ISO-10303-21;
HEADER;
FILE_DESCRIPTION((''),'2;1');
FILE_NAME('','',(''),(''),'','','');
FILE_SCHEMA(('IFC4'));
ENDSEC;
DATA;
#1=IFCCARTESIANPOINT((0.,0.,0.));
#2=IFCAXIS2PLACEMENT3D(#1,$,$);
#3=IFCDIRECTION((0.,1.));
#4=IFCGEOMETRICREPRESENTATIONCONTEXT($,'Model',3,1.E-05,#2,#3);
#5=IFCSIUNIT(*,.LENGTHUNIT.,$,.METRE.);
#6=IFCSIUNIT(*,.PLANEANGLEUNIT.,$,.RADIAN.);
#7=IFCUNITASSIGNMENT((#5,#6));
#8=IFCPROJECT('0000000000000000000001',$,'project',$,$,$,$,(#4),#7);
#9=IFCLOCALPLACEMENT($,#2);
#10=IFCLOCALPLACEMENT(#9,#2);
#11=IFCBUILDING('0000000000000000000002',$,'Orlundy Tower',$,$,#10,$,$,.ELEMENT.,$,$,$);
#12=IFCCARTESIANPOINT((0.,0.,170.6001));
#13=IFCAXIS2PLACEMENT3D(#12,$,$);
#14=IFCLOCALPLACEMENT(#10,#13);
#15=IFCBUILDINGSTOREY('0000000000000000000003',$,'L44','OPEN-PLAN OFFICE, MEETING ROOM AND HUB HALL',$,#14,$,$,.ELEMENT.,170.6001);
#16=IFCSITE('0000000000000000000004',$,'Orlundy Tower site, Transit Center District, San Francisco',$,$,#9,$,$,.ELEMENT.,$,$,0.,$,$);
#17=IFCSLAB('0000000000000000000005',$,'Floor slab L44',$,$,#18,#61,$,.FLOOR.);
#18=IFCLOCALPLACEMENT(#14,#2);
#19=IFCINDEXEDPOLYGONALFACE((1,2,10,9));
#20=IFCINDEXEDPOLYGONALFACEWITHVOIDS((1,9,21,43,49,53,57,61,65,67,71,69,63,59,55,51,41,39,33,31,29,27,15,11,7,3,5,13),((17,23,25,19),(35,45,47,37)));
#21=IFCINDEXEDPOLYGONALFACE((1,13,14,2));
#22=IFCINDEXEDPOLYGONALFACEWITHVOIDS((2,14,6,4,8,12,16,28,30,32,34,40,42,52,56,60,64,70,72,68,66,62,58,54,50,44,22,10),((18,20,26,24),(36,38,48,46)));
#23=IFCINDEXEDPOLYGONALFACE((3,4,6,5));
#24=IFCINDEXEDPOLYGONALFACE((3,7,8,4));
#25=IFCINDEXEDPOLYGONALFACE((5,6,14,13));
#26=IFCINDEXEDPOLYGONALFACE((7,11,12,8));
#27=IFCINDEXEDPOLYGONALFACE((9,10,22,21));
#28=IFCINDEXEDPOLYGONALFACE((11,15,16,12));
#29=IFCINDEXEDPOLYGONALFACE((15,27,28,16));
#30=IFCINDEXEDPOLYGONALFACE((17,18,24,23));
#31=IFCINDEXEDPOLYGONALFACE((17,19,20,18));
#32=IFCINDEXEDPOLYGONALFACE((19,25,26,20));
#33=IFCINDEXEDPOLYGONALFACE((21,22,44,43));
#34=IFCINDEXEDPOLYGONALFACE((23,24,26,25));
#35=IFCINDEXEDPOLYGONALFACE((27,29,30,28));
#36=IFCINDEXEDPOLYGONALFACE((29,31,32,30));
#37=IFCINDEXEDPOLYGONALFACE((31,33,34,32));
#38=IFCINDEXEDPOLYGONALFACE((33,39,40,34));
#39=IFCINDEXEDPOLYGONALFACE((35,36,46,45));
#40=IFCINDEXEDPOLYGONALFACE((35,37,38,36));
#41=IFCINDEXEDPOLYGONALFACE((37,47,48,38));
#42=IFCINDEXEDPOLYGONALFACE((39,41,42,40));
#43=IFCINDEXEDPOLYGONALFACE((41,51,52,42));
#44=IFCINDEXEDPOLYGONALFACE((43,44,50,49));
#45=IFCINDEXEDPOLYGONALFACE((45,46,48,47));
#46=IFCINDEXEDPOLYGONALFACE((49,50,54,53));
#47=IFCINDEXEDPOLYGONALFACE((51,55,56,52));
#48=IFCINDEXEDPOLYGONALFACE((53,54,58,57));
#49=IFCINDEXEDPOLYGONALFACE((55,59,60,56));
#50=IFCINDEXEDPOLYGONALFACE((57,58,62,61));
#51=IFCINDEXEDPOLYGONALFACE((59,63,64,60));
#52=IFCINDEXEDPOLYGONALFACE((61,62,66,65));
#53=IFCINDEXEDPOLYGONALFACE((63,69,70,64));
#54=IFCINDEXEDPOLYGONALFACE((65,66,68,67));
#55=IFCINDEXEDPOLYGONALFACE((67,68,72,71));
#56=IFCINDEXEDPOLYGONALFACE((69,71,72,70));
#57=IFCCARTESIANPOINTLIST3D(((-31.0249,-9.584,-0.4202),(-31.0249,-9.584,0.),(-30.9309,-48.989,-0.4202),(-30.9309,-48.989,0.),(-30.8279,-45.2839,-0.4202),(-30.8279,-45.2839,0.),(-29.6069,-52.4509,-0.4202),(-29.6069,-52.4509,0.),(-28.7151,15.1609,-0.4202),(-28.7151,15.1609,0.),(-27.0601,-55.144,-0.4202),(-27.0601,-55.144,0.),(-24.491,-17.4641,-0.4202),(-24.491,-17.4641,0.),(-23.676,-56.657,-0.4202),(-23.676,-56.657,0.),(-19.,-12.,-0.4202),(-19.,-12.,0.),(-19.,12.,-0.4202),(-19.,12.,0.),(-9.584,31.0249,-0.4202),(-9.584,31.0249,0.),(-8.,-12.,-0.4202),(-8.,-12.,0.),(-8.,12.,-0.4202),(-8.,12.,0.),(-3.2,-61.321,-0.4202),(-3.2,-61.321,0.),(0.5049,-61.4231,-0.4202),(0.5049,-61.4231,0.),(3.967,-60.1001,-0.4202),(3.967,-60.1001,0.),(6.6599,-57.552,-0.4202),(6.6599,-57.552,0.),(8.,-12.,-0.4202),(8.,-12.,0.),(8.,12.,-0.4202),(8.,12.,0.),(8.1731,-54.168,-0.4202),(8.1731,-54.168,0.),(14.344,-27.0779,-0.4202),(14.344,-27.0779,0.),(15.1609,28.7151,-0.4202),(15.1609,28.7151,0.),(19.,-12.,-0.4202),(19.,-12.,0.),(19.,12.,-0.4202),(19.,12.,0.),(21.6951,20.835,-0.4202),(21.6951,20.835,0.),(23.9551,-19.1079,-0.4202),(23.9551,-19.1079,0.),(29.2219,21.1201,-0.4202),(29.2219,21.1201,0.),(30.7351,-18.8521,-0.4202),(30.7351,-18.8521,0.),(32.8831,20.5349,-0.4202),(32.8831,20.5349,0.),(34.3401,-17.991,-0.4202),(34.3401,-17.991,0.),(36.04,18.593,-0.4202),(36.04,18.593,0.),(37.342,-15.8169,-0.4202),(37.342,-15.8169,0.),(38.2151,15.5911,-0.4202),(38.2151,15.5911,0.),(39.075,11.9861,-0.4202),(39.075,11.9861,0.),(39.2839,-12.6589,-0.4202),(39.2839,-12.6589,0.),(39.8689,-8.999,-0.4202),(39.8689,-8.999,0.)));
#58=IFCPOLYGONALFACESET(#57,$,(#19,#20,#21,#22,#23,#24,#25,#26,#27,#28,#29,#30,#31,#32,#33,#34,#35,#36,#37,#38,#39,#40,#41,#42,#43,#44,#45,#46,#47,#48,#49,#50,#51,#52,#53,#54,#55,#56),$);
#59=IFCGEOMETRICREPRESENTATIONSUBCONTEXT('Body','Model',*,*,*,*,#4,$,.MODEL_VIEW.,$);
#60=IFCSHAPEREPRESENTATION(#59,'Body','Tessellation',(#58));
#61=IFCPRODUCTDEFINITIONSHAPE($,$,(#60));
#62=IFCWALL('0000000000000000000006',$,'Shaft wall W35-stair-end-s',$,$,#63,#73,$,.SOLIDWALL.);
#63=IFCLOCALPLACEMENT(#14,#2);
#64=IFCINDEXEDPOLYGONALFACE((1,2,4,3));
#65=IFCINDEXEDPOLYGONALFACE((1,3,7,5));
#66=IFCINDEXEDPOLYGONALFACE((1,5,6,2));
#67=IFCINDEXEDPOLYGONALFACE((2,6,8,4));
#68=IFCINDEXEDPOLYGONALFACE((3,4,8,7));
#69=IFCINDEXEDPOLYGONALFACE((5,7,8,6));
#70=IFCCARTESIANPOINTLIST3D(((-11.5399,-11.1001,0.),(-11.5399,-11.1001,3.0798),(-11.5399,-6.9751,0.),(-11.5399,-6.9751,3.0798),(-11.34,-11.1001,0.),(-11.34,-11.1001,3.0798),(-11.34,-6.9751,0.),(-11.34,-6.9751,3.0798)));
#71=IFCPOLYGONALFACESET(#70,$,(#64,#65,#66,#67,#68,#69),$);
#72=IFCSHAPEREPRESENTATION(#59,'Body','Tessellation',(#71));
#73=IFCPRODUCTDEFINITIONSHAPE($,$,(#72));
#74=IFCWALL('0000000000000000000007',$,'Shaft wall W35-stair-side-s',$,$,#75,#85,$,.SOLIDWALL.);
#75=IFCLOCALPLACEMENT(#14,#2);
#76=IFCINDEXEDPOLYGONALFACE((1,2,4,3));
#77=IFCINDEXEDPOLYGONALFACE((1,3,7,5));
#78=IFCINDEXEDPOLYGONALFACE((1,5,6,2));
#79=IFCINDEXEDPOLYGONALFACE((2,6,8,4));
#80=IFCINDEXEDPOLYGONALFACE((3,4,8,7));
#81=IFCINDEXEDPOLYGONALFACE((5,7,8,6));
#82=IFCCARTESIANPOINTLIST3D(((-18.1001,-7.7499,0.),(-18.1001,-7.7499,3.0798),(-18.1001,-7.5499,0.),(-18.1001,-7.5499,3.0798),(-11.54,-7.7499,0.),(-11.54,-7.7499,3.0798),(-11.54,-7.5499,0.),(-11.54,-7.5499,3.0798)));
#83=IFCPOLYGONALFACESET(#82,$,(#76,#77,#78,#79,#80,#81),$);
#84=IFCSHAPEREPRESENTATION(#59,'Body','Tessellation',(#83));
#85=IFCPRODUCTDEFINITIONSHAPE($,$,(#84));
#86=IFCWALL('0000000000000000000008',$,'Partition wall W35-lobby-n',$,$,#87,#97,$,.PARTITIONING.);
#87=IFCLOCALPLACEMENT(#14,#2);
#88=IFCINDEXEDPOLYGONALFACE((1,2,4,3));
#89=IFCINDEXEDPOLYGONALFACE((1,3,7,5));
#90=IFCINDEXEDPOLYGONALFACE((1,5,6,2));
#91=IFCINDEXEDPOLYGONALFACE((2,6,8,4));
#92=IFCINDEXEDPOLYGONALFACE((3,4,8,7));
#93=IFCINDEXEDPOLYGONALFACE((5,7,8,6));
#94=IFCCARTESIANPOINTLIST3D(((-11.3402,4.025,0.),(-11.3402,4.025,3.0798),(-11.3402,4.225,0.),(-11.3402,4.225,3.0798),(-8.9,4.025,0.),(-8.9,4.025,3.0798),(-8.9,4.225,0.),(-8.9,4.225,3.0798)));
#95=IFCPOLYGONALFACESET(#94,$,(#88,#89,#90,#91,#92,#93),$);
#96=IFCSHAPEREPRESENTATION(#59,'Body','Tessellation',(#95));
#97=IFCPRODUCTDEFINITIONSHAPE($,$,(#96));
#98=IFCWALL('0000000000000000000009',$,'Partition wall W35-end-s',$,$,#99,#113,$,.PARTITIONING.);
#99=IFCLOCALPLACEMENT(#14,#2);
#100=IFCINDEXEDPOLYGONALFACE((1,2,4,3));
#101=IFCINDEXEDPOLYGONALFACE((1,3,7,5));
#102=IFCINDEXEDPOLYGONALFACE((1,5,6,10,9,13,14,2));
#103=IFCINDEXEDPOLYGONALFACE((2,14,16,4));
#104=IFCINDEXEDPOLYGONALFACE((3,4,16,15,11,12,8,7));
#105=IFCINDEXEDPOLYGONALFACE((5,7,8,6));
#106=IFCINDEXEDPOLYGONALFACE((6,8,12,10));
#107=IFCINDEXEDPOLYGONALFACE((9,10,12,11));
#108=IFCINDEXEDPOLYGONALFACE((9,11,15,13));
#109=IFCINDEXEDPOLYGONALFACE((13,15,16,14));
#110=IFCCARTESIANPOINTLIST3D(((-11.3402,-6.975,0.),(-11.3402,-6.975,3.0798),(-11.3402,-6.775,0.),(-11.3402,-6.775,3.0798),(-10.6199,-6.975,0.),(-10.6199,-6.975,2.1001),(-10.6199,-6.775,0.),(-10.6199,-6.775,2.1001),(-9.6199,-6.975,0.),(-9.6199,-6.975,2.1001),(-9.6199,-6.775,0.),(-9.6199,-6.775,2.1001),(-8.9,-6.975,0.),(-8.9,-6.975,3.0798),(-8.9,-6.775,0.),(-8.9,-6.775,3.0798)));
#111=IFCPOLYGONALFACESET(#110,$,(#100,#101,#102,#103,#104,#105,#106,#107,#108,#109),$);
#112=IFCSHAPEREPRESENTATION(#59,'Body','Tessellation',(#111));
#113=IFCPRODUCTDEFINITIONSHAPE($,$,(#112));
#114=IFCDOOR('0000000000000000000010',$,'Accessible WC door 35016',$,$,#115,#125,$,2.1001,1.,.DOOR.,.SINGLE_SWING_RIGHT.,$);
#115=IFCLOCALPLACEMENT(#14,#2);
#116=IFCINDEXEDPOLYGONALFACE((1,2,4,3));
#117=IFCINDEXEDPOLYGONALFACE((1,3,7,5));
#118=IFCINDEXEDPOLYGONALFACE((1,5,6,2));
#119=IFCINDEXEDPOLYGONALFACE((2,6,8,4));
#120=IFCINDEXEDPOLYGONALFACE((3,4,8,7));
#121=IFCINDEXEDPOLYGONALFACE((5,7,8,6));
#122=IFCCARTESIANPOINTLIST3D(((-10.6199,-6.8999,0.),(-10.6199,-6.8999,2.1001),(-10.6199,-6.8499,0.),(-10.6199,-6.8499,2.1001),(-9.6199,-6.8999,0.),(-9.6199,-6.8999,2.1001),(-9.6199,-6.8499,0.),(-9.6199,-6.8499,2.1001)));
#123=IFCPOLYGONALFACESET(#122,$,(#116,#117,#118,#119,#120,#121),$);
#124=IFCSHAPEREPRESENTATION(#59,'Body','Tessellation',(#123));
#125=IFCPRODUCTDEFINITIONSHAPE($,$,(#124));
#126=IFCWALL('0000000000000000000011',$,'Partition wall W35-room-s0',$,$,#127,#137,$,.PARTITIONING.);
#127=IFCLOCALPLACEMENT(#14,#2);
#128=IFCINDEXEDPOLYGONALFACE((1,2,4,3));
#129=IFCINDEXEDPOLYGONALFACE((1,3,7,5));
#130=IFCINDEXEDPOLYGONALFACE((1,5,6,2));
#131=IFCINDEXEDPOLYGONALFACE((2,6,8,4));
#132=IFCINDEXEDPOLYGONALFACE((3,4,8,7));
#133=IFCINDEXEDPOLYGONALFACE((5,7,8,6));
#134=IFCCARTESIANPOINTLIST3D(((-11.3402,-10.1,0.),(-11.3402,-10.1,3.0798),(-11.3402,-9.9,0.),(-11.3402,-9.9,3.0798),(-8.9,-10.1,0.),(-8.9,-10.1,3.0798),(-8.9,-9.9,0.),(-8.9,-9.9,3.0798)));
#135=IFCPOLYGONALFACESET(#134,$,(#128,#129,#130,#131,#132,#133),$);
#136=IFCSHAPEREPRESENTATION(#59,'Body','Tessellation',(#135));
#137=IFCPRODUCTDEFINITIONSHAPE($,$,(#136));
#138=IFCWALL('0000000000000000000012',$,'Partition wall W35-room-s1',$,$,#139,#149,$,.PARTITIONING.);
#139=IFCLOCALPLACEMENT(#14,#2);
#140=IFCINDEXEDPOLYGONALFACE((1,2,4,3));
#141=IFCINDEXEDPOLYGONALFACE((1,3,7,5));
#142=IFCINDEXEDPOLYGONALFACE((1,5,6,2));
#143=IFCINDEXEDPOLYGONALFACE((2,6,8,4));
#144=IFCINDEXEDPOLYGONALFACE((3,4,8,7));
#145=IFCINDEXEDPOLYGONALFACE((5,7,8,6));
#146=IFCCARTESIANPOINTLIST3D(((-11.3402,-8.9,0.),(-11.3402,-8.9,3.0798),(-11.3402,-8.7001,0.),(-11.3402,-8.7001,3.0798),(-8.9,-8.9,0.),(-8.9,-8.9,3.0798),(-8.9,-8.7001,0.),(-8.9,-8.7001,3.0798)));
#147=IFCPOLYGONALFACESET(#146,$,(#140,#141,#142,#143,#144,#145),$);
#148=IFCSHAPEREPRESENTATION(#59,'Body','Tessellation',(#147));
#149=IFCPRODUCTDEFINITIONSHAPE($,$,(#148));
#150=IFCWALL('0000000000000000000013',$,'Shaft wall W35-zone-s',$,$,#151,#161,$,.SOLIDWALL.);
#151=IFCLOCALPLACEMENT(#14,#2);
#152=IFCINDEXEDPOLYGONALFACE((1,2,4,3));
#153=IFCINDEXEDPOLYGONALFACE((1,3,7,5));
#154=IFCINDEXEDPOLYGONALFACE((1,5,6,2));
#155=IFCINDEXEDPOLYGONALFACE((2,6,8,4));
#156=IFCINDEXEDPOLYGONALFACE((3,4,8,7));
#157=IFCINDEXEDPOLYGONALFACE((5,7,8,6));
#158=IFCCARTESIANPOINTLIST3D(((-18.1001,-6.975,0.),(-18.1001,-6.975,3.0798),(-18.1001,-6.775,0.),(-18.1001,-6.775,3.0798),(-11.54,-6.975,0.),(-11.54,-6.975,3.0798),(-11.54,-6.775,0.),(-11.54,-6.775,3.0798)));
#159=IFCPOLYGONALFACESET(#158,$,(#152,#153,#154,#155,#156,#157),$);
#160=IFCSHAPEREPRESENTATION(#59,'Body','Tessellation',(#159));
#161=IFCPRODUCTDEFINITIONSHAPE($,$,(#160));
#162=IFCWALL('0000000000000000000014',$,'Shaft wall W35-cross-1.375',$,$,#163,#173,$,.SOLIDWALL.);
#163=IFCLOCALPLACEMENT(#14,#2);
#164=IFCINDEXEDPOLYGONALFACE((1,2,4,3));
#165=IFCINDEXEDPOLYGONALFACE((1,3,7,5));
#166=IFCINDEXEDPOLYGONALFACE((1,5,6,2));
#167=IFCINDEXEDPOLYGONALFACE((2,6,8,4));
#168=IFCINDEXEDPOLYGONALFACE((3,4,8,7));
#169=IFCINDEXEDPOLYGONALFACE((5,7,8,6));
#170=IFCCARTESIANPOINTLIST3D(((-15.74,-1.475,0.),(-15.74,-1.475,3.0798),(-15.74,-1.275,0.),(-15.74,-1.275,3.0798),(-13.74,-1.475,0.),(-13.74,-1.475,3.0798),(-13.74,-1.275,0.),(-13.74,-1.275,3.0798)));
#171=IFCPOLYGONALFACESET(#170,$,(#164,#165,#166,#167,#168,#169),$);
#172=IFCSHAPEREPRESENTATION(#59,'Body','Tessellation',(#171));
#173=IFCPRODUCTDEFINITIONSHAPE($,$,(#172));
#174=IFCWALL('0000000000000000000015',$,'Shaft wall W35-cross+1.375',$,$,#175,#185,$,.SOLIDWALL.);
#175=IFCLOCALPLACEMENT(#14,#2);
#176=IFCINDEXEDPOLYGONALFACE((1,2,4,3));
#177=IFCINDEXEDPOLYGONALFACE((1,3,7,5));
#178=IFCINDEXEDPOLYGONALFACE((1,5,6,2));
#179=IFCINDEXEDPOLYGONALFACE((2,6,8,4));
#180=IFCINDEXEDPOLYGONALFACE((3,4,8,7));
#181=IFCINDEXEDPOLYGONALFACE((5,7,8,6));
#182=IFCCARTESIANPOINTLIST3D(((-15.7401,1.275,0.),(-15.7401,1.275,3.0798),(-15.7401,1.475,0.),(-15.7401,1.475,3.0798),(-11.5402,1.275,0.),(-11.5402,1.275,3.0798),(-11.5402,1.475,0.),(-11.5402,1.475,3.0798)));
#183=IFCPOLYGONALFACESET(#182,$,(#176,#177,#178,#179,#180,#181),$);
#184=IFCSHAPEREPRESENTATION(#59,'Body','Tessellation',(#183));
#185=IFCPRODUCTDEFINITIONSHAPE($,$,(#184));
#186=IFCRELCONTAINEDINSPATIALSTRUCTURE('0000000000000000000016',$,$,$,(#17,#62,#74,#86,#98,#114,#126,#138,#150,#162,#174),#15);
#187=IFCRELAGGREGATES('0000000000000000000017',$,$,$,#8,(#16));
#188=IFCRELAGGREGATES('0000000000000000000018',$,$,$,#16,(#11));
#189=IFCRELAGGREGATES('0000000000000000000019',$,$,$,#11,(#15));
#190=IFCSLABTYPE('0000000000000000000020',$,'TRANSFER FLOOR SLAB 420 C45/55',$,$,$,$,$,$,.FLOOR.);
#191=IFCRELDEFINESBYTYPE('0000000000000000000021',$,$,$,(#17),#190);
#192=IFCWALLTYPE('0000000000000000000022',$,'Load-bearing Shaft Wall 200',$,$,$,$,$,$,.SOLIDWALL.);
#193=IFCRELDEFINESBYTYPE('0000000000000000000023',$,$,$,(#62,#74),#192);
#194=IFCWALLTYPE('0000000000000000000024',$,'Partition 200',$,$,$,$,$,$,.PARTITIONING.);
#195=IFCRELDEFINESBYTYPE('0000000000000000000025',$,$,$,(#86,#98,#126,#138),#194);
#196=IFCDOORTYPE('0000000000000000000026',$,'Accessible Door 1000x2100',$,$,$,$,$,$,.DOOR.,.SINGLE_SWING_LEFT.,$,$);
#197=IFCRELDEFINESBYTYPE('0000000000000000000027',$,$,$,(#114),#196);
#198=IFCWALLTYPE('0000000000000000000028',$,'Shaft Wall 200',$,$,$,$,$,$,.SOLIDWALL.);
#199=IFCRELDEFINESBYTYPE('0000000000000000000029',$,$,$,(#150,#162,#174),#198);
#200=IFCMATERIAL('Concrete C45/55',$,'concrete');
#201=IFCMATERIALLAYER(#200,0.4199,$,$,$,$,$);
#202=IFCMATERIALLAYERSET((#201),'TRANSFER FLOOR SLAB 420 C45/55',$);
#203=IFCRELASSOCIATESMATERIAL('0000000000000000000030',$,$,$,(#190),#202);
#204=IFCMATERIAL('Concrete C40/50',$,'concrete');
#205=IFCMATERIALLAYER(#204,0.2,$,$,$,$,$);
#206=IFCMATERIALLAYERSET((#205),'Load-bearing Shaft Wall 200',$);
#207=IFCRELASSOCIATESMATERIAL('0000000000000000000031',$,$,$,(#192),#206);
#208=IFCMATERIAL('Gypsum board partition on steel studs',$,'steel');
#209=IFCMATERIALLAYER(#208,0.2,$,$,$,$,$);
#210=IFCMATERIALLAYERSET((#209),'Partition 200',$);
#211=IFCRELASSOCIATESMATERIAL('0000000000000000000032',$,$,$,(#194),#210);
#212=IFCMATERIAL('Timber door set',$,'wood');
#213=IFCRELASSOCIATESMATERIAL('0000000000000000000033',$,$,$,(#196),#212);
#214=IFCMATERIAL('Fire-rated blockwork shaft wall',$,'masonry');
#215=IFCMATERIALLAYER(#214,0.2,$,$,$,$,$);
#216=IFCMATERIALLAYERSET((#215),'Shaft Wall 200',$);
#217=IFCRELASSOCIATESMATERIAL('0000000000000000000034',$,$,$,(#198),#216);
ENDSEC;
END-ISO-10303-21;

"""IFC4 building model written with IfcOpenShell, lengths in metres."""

from ifc_helpers import new_model, si_unit, direction, frame, frame_2d, origin, place, context, subcontext, project, spatial, polyline, rectangle, outline, extrude, material, layer, layer_set, type_object, element, fill, save


model = new_model("IFC4")

# Units and contexts
model_context = context("Model", 3, precision=1e-05, world=origin(), true_north=direction((0.0, 1.0)))
body_context = subcontext(model_context, "Body", "Model", "MODEL_VIEW")
ifc_project = project(units=[si_unit("LENGTHUNIT", "METRE"), si_unit("PLANEANGLEUNIT", "RADIAN")], contexts=[model_context])

# Site, building, storey
site_placement = place(None, origin())
site = spatial("IfcSite", under=ifc_project, at=site_placement, Name="Orlundy Tower site, Transit Center District, San Francisco", CompositionType="ELEMENT", RefElevation=0.0)
building_placement = place(site_placement, origin())
building = spatial("IfcBuilding", under=site, at=building_placement, Name="Orlundy Tower", CompositionType="ELEMENT")
storey_placement = place(building_placement, frame((0.0, 0.0, 170.6001)))
storey = spatial("IfcBuildingStorey", under=building, at=storey_placement, Name="L44", Description="OPEN-PLAN OFFICE, MEETING ROOM AND HUB HALL", CompositionType="ELEMENT", Elevation=170.6001)

# Slab
ifc_material_1 = material(Name="Concrete C45/55", Category="concrete")
ifc_layer_1 = layer(ifc_material_1, 0.4199)
ifc_layer_set_1 = layer_set([ifc_layer_1], Name="TRANSFER FLOOR SLAB 420 C45/55")
slab_type_1 = type_object("IfcSlabType", Name="TRANSFER FLOOR SLAB 420 C45/55", PredefinedType="FLOOR", material=ifc_layer_set_1)
slab_1_placement = place(storey_placement, frame((0.0, 0.0, -0.4202)))
element("IfcSlab", 1, at=slab_1_placement, inside=storey, type_object=slab_type_1, Name="Floor slab L44", PredefinedType="FLOOR", context=body_context, shape_type="SweptSolid", body=[
    extrude(outline(polyline([(-24.491, -17.4641), (-31.0249, -9.584), (-28.7151, 15.1609), (-9.584, 31.0249), (15.1609, 28.7151), (21.6951, 20.835), (29.2219, 21.1201), (32.8831, 20.5349), (36.04, 18.593), (38.2151, 15.5911), (39.075, 11.9861), (39.8689, -8.999), (39.2839, -12.6589), (37.342, -15.8169), (34.3401, -17.991), (30.7351, -18.8521), (23.9551, -19.1079), (14.344, -27.0779), (8.1731, -54.168), (6.6599, -57.552), (3.967, -60.1001), (0.5049, -61.4231), (-3.2, -61.321), (-23.676, -56.657), (-27.0601, -55.144), (-29.6069, -52.4509), (-30.9309, -48.989), (-30.8279, -45.2839), (-24.491, -17.4641)]), holes=[polyline([(-8.0, -12.0), (-8.0, 12.0), (-19.0, 12.0), (-19.0, -12.0), (-8.0, -12.0)]), polyline([(19.0, -12.0), (19.0, 12.0), (8.0, 12.0), (8.0, -12.0), (19.0, -12.0)])]), origin(), (0.0, 0.0, 1.0), 0.4202),
])

# Walls
ifc_material_2 = material(Name="Concrete C40/50", Category="concrete")
ifc_layer_2 = layer(ifc_material_2, 0.2)
ifc_layer_set_2 = layer_set([ifc_layer_2], Name="Load-bearing Shaft Wall 200")
wall_type_1 = type_object("IfcWallType", Name="Load-bearing Shaft Wall 200", PredefinedType="SOLIDWALL", material=ifc_layer_set_2)
wall_1_placement = place(storey_placement, frame((-11.4399, -11.1001, 0.0), z_axis=(0.0, 0.0, 1.0), x_axis=(0.0, 1.0, 0.0)))
element("IfcWall", 2, at=wall_1_placement, inside=storey, type_object=wall_type_1, Name="Shaft wall W35-stair-end-s", PredefinedType="SOLIDWALL", context=body_context, shape_type="SweptSolid", body=[
    extrude(rectangle(XDim=4.125, YDim=0.2, at=frame_2d((2.0625, 0.0))), origin(), (0.0, 0.0, 1.0), 3.0798),
])
wall_2_placement = place(storey_placement, frame((-11.54, -7.6499, 0.0), z_axis=(0.0, 0.0, 1.0), x_axis=(-1.0, 0.0, 0.0)))
element("IfcWall", 3, at=wall_2_placement, inside=storey, type_object=wall_type_1, Name="Shaft wall W35-stair-side-s", PredefinedType="SOLIDWALL", context=body_context, shape_type="SweptSolid", body=[
    extrude(rectangle(XDim=6.5601, YDim=0.2, at=frame_2d((3.28, 0.0))), origin(), (0.0, 0.0, 1.0), 3.0798),
])
ifc_material_3 = material(Name="Gypsum board partition on steel studs", Category="steel")
ifc_layer_3 = layer(ifc_material_3, 0.2)
ifc_layer_set_3 = layer_set([ifc_layer_3], Name="Partition 200")
wall_type_2 = type_object("IfcWallType", Name="Partition 200", PredefinedType="PARTITIONING", material=ifc_layer_set_3)
wall_3_placement = place(storey_placement, frame((-8.8999, 4.125, 0.0), z_axis=(0.0, 0.0, 1.0), x_axis=(-1.0, 0.0, 0.0)))
element("IfcWall", 4, at=wall_3_placement, inside=storey, type_object=wall_type_2, Name="Partition wall W35-lobby-n", PredefinedType="PARTITIONING", context=body_context, shape_type="SweptSolid", body=[
    extrude(rectangle(XDim=2.4402, YDim=0.2, at=frame_2d((1.2202, 0.0))), origin(), (0.0, 0.0, 1.0), 3.0798),
])

# Wall, opening, door
wall_4_placement = place(storey_placement, frame((-8.8999, -6.875, 0.0), z_axis=(0.0, 0.0, 1.0), x_axis=(-1.0, 0.0, 0.0)))
wall_4 = element("IfcWall", 5, at=wall_4_placement, inside=storey, type_object=wall_type_2, Name="Partition wall W35-end-s", PredefinedType="PARTITIONING", context=body_context, shape_type="SweptSolid", body=[
    extrude(rectangle(XDim=2.4402, YDim=0.2, at=frame_2d((1.2202, 0.0))), origin(), (0.0, 0.0, 1.0), 3.0798),
])
opening_1_placement = place(wall_4_placement, frame((0.72, 0.0, 0.0)))
opening_1 = element("IfcOpeningElement", 6, at=opening_1_placement, cuts=wall_4, PredefinedType="OPENING", context=body_context, shape_type="SweptSolid", body=[
    extrude(rectangle(XDim=1.0, YDim=2.1001, at=frame_2d((0.5, 1.05))), frame((0.0, 0.1101, 0.0), z_axis=(0.0, -1.0, 0.0), x_axis=(1.0, 0.0, 0.0)), (0.0, 0.0, 1.0), 0.2202),
])
ifc_material_4 = material(Name="Timber door set", Category="wood")
door_type_1 = type_object("IfcDoorType", Name="Accessible Door 1000x2100", OperationType="SINGLE_SWING_LEFT", PredefinedType="DOOR", material=ifc_material_4)
door_1_placement = place(opening_1_placement, origin())
door_1 = element("IfcDoor", 7, at=door_1_placement, inside=storey, type_object=door_type_1, Name="Accessible WC door 35016", OperationType="SINGLE_SWING_RIGHT", OverallHeight=2.1001, OverallWidth=1.0, PredefinedType="DOOR", context=body_context, shape_type="SweptSolid", body=[
    extrude(rectangle(XDim=1.0, YDim=2.1001, at=frame_2d((0.5, 1.05))), frame((0.0, 0.0249, 0.0), z_axis=(0.0, -1.0, 0.0), x_axis=(1.0, 0.0, 0.0)), (0.0, 0.0, 1.0), 0.05),
])
fill(opening_1, door_1)

# Walls
for number, where, z_axis, x_axis, name in (
    (8, (-8.8999, -10.0, 0.0), (0.0, 0.0, 1.0), (-1.0, 0.0, 0.0), "Partition wall W35-room-s0"),
    (9, (-8.8999, -8.8, 0.0), (0.0, 0.0, 1.0), (-1.0, 0.0, 0.0), "Partition wall W35-room-s1"),
):
    element("IfcWall", number, at=place(storey_placement, frame(where, z_axis=z_axis, x_axis=x_axis)), inside=storey, type_object=wall_type_2, Name=name, PredefinedType="PARTITIONING", context=body_context, shape_type="SweptSolid", body=[
        extrude(rectangle(XDim=2.4402, YDim=0.2, at=frame_2d((1.2202, 0.0))), origin(), (0.0, 0.0, 1.0), 3.0798),
    ])
ifc_material_5 = material(Name="Fire-rated blockwork shaft wall", Category="masonry")
ifc_layer_4 = layer(ifc_material_5, 0.2)
ifc_layer_set_4 = layer_set([ifc_layer_4], Name="Shaft Wall 200")
wall_type_3 = type_object("IfcWallType", Name="Shaft Wall 200", PredefinedType="SOLIDWALL", material=ifc_layer_set_4)
wall_5_placement = place(storey_placement, frame((-11.54, -6.875, 0.0), z_axis=(0.0, 0.0, 1.0), x_axis=(-1.0, 0.0, 0.0)))
element("IfcWall", 10, at=wall_5_placement, inside=storey, type_object=wall_type_3, Name="Shaft wall W35-zone-s", PredefinedType="SOLIDWALL", context=body_context, shape_type="SweptSolid", body=[
    extrude(rectangle(XDim=6.5601, YDim=0.2, at=frame_2d((3.28, 0.0))), origin(), (0.0, 0.0, 1.0), 3.0798),
])
wall_6_placement = place(storey_placement, frame((-13.74, -1.375, 0.0), z_axis=(0.0, 0.0, 1.0), x_axis=(-1.0, 0.0, 0.0)))
element("IfcWall", 11, at=wall_6_placement, inside=storey, type_object=wall_type_3, Name="Shaft wall W35-cross-1.375", PredefinedType="SOLIDWALL", context=body_context, shape_type="SweptSolid", body=[
    extrude(rectangle(XDim=2.0, YDim=0.2, at=frame_2d((1.0, 0.0))), origin(), (0.0, 0.0, 1.0), 3.0798),
])
wall_7_placement = place(storey_placement, frame((-11.54, 1.375, 0.0), z_axis=(0.0, 0.0, 1.0), x_axis=(-1.0, 0.0, 0.0)))
element("IfcWall", 12, at=wall_7_placement, inside=storey, type_object=wall_type_3, Name="Shaft wall W35-cross+1.375", PredefinedType="SOLIDWALL", context=body_context, shape_type="SweptSolid", body=[
    extrude(rectangle(XDim=4.2, YDim=0.2, at=frame_2d((2.1001, 0.0))), origin(), (0.0, 0.0, 1.0), 3.0798),
])

save(model, "model.ifc")
